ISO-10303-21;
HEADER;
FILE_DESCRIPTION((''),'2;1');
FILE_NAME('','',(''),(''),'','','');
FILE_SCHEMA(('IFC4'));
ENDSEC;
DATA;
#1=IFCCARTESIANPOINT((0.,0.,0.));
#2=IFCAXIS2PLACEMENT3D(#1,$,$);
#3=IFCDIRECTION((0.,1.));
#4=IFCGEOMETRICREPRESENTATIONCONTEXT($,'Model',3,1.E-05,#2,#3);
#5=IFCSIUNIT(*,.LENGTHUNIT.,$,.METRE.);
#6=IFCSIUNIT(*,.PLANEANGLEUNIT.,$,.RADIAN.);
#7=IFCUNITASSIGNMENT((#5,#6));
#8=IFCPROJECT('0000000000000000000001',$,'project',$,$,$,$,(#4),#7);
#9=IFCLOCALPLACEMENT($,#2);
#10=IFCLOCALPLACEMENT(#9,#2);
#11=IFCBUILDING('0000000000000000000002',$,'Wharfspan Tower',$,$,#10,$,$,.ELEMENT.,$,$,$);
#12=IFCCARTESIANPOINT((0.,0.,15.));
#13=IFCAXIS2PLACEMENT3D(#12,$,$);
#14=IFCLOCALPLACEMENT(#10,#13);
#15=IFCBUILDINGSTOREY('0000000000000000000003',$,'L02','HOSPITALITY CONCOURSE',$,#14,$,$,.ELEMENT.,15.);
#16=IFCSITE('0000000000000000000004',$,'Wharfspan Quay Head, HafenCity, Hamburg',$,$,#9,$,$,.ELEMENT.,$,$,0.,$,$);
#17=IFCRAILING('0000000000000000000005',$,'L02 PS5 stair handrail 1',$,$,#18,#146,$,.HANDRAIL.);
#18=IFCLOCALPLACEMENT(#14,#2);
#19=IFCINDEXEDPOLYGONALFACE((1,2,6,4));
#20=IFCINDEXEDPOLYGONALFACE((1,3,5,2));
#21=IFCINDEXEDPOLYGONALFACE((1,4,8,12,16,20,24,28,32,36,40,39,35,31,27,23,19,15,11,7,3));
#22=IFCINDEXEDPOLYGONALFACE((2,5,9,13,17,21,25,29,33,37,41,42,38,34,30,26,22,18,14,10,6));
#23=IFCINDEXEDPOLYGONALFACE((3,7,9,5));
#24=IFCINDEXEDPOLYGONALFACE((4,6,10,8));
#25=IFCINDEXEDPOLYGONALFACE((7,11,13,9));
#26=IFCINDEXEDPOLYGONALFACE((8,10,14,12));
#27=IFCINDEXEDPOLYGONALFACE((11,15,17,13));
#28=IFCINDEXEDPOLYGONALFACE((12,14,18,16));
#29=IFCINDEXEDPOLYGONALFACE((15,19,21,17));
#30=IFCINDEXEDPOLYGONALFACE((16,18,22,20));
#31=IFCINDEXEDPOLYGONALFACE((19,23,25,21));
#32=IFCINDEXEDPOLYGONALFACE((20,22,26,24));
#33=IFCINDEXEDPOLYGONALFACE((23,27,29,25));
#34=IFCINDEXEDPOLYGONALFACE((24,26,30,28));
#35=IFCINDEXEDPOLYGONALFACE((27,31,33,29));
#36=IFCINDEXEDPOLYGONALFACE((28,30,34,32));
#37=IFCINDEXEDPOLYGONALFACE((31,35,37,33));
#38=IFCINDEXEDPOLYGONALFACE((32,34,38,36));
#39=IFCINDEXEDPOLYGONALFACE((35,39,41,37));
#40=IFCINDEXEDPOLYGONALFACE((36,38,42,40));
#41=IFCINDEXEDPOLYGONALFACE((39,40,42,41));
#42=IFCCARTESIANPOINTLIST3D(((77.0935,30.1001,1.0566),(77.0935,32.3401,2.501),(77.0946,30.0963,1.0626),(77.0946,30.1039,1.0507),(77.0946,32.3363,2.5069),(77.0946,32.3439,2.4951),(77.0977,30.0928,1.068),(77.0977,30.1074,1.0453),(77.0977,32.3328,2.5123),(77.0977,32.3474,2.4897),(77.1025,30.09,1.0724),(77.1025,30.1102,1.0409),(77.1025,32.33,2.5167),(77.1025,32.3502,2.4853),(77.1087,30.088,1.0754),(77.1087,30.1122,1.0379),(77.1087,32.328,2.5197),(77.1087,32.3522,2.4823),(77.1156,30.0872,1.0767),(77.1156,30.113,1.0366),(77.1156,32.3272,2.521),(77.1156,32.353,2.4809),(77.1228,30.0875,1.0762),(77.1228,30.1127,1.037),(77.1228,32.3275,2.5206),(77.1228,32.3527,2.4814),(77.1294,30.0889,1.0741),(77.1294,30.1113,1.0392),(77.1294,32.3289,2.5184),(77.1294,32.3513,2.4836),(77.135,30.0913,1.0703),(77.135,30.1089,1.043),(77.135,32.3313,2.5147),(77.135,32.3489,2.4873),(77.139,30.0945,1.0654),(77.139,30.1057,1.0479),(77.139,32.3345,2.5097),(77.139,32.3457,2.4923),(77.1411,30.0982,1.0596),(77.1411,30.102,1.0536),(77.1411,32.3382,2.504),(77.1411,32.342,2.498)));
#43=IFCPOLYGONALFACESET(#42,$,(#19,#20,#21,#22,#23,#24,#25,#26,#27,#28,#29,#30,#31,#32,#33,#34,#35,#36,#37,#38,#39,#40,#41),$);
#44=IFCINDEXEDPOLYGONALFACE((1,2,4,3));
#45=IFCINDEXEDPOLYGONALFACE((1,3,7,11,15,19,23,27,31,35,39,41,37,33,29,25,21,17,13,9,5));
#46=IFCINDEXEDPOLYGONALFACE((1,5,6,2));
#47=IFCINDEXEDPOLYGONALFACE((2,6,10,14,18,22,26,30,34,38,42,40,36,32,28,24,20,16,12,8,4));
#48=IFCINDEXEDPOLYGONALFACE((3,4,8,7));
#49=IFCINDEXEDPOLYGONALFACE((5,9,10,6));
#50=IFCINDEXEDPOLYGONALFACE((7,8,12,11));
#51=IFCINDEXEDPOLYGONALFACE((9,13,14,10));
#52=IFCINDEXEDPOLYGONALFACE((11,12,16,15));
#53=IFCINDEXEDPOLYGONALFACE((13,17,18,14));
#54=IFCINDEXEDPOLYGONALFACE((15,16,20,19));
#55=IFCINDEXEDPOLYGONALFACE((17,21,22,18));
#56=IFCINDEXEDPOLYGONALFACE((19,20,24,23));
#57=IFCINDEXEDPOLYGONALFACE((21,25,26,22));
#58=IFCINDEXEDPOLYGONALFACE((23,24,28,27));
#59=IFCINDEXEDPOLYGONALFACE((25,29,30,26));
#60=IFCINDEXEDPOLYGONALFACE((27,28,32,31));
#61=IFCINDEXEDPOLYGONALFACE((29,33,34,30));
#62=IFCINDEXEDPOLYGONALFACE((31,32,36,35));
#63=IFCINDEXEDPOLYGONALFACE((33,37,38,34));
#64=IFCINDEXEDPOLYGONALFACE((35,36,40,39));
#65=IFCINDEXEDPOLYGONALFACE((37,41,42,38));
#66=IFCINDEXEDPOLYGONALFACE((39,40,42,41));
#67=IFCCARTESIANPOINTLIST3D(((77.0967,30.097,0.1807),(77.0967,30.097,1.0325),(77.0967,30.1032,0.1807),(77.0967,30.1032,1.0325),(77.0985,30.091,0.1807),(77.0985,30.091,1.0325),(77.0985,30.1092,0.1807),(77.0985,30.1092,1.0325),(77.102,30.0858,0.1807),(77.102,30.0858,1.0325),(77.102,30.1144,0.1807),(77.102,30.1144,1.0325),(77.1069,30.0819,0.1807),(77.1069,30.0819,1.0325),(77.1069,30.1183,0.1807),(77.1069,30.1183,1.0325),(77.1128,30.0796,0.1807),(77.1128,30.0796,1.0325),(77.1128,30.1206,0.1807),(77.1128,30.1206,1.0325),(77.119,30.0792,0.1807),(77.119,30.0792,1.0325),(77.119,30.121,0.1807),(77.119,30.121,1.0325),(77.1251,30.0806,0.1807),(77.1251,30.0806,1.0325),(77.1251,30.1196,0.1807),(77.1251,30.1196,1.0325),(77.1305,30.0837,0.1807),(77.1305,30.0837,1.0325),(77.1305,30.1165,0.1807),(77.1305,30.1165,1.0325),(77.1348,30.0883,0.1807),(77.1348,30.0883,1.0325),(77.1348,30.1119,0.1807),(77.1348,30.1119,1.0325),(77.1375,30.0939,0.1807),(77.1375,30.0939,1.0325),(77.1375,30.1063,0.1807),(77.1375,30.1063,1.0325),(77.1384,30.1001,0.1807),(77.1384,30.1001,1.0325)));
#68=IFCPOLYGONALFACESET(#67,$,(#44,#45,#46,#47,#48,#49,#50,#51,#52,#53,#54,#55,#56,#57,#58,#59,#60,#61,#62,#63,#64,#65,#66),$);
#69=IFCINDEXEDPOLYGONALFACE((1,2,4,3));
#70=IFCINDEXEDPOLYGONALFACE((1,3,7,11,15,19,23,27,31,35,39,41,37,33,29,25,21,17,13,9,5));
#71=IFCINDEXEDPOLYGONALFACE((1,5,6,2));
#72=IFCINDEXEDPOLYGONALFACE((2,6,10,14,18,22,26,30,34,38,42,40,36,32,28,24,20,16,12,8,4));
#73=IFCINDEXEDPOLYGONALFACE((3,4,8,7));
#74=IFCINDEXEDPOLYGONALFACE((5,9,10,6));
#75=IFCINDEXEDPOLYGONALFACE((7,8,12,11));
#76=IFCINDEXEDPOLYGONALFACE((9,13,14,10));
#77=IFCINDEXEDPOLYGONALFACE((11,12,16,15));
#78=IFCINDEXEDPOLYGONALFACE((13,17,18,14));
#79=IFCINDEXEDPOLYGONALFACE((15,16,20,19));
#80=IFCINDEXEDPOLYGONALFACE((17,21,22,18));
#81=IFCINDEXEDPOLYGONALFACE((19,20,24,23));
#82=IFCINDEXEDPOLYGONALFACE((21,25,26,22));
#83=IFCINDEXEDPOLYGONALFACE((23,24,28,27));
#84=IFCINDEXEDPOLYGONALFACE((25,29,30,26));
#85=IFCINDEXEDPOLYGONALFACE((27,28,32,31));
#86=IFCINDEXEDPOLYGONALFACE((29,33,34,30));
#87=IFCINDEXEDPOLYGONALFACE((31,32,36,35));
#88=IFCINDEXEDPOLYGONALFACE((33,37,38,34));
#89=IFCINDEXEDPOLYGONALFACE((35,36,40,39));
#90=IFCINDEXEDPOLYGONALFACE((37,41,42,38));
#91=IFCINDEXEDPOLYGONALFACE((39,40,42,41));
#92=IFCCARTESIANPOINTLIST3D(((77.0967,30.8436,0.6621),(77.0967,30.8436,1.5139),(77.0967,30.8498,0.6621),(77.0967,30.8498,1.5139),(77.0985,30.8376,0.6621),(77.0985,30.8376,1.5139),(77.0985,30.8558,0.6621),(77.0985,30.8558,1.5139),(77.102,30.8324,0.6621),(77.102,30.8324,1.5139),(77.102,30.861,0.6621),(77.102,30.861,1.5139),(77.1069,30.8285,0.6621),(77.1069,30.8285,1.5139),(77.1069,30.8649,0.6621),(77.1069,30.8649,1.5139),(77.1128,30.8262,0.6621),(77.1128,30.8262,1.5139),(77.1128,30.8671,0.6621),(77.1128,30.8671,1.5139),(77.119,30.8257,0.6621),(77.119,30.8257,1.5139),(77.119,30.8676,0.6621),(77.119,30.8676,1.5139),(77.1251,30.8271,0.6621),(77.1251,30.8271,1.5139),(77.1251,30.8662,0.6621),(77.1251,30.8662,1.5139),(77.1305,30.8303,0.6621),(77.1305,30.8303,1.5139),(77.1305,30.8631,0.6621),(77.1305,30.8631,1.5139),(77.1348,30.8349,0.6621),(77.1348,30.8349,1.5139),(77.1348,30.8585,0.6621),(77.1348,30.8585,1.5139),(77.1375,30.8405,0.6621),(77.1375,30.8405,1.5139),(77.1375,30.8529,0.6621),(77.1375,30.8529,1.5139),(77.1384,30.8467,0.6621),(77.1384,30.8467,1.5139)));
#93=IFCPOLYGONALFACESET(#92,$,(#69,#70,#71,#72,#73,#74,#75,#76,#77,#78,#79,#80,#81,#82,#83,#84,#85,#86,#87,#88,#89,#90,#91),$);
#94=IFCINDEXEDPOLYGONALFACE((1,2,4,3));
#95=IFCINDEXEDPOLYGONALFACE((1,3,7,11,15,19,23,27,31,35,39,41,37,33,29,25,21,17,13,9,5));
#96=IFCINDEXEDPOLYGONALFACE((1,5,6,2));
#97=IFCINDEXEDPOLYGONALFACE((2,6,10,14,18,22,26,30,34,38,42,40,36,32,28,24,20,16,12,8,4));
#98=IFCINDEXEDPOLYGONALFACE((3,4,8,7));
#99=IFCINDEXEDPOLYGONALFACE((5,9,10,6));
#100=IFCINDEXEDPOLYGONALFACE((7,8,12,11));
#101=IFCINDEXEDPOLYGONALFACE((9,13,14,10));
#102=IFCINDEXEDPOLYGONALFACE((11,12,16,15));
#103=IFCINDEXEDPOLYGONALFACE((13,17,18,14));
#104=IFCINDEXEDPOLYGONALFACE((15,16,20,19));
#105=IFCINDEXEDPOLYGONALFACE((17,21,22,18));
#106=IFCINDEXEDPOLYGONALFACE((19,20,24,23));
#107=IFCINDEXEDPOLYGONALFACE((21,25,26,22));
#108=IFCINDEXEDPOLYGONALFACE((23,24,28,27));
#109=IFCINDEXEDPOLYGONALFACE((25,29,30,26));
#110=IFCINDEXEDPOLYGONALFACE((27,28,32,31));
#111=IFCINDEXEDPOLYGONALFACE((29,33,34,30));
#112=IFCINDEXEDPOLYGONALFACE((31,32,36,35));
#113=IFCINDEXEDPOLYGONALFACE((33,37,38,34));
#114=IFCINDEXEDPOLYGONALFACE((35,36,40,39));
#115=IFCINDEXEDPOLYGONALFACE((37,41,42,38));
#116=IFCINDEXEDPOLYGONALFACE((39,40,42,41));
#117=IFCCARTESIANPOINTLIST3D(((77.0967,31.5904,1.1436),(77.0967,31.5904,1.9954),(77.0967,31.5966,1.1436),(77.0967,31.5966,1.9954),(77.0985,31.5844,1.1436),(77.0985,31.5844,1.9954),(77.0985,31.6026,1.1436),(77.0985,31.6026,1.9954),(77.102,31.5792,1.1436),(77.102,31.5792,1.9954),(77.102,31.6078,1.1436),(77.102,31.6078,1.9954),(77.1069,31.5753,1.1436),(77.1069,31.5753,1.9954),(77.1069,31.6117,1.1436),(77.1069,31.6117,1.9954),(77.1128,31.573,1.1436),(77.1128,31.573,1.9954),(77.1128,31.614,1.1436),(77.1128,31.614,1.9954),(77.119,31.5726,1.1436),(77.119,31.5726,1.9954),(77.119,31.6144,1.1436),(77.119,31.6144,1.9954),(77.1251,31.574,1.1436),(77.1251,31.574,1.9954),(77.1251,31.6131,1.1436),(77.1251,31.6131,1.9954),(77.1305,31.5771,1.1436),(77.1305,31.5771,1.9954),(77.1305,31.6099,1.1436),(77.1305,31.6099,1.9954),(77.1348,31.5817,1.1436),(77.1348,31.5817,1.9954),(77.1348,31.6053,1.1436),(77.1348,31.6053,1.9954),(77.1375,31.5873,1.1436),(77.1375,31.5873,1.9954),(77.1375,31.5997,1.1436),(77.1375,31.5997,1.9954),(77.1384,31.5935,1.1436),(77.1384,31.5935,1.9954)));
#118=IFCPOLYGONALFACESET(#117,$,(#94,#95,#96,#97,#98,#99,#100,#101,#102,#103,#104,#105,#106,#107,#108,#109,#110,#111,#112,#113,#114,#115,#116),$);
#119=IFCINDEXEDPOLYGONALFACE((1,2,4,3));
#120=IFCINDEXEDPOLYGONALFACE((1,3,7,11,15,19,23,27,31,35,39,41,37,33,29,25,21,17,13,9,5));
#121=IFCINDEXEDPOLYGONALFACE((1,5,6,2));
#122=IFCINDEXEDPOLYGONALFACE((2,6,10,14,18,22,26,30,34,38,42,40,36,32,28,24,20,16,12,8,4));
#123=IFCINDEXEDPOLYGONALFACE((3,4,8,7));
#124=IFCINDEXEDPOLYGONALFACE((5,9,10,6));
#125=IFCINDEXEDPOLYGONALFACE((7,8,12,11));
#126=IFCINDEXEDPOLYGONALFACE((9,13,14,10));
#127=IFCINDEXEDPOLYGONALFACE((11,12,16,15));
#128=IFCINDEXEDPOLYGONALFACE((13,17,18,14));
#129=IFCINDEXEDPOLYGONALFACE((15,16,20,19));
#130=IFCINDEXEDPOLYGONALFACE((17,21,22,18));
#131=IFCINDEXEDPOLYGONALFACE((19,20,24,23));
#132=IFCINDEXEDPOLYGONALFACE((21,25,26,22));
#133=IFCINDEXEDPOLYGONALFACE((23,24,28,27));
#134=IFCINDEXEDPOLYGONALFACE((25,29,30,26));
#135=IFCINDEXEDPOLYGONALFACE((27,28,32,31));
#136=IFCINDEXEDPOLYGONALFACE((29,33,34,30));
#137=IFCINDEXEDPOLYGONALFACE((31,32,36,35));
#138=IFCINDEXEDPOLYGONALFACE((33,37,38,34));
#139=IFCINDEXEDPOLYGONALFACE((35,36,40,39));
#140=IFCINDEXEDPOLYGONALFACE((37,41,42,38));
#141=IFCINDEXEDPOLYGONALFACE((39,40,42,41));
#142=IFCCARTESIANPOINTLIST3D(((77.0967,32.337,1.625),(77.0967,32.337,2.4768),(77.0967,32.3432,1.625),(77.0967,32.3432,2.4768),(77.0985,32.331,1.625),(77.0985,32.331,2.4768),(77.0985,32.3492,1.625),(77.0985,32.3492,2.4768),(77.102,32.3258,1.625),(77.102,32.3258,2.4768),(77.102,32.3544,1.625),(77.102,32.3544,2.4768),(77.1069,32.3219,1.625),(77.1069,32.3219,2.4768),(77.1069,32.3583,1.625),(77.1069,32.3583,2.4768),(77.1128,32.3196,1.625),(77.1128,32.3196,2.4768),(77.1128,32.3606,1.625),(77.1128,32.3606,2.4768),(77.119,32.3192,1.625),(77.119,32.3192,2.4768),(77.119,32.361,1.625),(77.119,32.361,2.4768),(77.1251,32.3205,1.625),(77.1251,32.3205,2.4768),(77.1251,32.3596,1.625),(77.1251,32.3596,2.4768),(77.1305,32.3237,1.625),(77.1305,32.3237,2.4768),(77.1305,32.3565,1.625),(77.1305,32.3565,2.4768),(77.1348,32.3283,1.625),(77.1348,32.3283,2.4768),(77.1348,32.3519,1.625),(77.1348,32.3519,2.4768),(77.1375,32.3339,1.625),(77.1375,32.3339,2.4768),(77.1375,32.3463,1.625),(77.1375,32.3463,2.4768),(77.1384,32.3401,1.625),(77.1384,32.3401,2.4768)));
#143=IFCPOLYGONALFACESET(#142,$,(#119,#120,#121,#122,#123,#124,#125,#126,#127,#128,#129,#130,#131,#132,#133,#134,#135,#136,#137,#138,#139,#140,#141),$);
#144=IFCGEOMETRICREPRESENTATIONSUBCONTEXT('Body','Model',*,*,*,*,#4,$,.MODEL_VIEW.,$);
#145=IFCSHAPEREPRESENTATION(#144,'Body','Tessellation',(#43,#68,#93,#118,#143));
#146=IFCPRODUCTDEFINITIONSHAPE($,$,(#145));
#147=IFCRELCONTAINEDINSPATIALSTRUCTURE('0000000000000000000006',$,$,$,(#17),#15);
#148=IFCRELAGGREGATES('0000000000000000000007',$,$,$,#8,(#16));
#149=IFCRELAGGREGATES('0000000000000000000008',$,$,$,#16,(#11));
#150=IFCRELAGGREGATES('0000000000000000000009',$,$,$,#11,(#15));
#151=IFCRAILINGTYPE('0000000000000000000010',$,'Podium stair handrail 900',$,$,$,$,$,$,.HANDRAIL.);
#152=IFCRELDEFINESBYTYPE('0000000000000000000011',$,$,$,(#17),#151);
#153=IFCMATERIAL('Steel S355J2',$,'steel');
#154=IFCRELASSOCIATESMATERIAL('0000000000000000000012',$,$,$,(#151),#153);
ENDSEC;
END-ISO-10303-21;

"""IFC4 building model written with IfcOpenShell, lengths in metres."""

from ifc_helpers import new_model, si_unit, direction, frame, origin, origin_2d, place, context, subcontext, project, spatial, circle, extrude, material, type_object, element, save


model = new_model("IFC4")

# Units and contexts
model_context = context("Model", 3, precision=1e-05, world=origin(), true_north=direction((0.0, 1.0)))
body_context = subcontext(model_context, "Body", "Model", "MODEL_VIEW")
ifc_project = project(units=[si_unit("LENGTHUNIT", "METRE"), si_unit("PLANEANGLEUNIT", "RADIAN")], contexts=[model_context])

# Site, building, storey
site_placement = place(None, origin())
site = spatial("IfcSite", under=ifc_project, at=site_placement, Name="Wharfspan Quay Head, HafenCity, Hamburg", CompositionType="ELEMENT", RefElevation=0.0)
building_placement = place(site_placement, origin())
building = spatial("IfcBuilding", under=site, at=building_placement, Name="Wharfspan Tower", CompositionType="ELEMENT")
storey_placement = place(building_placement, frame((0.0, 0.0, 15.0)))
storey = spatial("IfcBuildingStorey", under=building, at=storey_placement, Name="L02", Description="HOSPITALITY CONCOURSE", CompositionType="ELEMENT", Elevation=15.0)

# Railing
ifc_material_1 = material(Name="Steel S355J2", Category="steel")
railing_type_1 = type_object("IfcRailingType", Name="Podium stair handrail 900", PredefinedType="HANDRAIL", material=ifc_material_1)
for number, where, name in (
    (1, (77.1174, 30.1001, 0.1807), "L02 PS5 stair handrail 1"),
):
    element("IfcRailing", number, at=place(storey_placement, frame(where)), inside=storey, type_object=railing_type_1, Name=name, PredefinedType="HANDRAIL", context=body_context, shape_type="SweptSolid", body=[
        extrude(circle(Radius=0.0239, at=origin_2d()), frame((0.0, 0.0, 0.876), z_axis=(0.0, 0.840437, 0.54191), x_axis=(-1.0, 0.0, 0.0)), (0.0, 0.0, 1.0), 2.6653),
        extrude(circle(Radius=0.021, at=origin_2d()), origin(), (0.0, 0.0, 1.0), 0.8518),
        extrude(circle(Radius=0.021, at=origin_2d()), frame((0.0, 0.7466, 0.4814)), (0.0, 0.0, 1.0), 0.8518),
        extrude(circle(Radius=0.021, at=origin_2d()), frame((0.0, 1.4934, 0.9629)), (0.0, 0.0, 1.0), 0.8518),
        extrude(circle(Radius=0.021, at=origin_2d()), frame((0.0, 2.24, 1.4443)), (0.0, 0.0, 1.0), 0.8518),
    ])

save(model, "model.ifc")
